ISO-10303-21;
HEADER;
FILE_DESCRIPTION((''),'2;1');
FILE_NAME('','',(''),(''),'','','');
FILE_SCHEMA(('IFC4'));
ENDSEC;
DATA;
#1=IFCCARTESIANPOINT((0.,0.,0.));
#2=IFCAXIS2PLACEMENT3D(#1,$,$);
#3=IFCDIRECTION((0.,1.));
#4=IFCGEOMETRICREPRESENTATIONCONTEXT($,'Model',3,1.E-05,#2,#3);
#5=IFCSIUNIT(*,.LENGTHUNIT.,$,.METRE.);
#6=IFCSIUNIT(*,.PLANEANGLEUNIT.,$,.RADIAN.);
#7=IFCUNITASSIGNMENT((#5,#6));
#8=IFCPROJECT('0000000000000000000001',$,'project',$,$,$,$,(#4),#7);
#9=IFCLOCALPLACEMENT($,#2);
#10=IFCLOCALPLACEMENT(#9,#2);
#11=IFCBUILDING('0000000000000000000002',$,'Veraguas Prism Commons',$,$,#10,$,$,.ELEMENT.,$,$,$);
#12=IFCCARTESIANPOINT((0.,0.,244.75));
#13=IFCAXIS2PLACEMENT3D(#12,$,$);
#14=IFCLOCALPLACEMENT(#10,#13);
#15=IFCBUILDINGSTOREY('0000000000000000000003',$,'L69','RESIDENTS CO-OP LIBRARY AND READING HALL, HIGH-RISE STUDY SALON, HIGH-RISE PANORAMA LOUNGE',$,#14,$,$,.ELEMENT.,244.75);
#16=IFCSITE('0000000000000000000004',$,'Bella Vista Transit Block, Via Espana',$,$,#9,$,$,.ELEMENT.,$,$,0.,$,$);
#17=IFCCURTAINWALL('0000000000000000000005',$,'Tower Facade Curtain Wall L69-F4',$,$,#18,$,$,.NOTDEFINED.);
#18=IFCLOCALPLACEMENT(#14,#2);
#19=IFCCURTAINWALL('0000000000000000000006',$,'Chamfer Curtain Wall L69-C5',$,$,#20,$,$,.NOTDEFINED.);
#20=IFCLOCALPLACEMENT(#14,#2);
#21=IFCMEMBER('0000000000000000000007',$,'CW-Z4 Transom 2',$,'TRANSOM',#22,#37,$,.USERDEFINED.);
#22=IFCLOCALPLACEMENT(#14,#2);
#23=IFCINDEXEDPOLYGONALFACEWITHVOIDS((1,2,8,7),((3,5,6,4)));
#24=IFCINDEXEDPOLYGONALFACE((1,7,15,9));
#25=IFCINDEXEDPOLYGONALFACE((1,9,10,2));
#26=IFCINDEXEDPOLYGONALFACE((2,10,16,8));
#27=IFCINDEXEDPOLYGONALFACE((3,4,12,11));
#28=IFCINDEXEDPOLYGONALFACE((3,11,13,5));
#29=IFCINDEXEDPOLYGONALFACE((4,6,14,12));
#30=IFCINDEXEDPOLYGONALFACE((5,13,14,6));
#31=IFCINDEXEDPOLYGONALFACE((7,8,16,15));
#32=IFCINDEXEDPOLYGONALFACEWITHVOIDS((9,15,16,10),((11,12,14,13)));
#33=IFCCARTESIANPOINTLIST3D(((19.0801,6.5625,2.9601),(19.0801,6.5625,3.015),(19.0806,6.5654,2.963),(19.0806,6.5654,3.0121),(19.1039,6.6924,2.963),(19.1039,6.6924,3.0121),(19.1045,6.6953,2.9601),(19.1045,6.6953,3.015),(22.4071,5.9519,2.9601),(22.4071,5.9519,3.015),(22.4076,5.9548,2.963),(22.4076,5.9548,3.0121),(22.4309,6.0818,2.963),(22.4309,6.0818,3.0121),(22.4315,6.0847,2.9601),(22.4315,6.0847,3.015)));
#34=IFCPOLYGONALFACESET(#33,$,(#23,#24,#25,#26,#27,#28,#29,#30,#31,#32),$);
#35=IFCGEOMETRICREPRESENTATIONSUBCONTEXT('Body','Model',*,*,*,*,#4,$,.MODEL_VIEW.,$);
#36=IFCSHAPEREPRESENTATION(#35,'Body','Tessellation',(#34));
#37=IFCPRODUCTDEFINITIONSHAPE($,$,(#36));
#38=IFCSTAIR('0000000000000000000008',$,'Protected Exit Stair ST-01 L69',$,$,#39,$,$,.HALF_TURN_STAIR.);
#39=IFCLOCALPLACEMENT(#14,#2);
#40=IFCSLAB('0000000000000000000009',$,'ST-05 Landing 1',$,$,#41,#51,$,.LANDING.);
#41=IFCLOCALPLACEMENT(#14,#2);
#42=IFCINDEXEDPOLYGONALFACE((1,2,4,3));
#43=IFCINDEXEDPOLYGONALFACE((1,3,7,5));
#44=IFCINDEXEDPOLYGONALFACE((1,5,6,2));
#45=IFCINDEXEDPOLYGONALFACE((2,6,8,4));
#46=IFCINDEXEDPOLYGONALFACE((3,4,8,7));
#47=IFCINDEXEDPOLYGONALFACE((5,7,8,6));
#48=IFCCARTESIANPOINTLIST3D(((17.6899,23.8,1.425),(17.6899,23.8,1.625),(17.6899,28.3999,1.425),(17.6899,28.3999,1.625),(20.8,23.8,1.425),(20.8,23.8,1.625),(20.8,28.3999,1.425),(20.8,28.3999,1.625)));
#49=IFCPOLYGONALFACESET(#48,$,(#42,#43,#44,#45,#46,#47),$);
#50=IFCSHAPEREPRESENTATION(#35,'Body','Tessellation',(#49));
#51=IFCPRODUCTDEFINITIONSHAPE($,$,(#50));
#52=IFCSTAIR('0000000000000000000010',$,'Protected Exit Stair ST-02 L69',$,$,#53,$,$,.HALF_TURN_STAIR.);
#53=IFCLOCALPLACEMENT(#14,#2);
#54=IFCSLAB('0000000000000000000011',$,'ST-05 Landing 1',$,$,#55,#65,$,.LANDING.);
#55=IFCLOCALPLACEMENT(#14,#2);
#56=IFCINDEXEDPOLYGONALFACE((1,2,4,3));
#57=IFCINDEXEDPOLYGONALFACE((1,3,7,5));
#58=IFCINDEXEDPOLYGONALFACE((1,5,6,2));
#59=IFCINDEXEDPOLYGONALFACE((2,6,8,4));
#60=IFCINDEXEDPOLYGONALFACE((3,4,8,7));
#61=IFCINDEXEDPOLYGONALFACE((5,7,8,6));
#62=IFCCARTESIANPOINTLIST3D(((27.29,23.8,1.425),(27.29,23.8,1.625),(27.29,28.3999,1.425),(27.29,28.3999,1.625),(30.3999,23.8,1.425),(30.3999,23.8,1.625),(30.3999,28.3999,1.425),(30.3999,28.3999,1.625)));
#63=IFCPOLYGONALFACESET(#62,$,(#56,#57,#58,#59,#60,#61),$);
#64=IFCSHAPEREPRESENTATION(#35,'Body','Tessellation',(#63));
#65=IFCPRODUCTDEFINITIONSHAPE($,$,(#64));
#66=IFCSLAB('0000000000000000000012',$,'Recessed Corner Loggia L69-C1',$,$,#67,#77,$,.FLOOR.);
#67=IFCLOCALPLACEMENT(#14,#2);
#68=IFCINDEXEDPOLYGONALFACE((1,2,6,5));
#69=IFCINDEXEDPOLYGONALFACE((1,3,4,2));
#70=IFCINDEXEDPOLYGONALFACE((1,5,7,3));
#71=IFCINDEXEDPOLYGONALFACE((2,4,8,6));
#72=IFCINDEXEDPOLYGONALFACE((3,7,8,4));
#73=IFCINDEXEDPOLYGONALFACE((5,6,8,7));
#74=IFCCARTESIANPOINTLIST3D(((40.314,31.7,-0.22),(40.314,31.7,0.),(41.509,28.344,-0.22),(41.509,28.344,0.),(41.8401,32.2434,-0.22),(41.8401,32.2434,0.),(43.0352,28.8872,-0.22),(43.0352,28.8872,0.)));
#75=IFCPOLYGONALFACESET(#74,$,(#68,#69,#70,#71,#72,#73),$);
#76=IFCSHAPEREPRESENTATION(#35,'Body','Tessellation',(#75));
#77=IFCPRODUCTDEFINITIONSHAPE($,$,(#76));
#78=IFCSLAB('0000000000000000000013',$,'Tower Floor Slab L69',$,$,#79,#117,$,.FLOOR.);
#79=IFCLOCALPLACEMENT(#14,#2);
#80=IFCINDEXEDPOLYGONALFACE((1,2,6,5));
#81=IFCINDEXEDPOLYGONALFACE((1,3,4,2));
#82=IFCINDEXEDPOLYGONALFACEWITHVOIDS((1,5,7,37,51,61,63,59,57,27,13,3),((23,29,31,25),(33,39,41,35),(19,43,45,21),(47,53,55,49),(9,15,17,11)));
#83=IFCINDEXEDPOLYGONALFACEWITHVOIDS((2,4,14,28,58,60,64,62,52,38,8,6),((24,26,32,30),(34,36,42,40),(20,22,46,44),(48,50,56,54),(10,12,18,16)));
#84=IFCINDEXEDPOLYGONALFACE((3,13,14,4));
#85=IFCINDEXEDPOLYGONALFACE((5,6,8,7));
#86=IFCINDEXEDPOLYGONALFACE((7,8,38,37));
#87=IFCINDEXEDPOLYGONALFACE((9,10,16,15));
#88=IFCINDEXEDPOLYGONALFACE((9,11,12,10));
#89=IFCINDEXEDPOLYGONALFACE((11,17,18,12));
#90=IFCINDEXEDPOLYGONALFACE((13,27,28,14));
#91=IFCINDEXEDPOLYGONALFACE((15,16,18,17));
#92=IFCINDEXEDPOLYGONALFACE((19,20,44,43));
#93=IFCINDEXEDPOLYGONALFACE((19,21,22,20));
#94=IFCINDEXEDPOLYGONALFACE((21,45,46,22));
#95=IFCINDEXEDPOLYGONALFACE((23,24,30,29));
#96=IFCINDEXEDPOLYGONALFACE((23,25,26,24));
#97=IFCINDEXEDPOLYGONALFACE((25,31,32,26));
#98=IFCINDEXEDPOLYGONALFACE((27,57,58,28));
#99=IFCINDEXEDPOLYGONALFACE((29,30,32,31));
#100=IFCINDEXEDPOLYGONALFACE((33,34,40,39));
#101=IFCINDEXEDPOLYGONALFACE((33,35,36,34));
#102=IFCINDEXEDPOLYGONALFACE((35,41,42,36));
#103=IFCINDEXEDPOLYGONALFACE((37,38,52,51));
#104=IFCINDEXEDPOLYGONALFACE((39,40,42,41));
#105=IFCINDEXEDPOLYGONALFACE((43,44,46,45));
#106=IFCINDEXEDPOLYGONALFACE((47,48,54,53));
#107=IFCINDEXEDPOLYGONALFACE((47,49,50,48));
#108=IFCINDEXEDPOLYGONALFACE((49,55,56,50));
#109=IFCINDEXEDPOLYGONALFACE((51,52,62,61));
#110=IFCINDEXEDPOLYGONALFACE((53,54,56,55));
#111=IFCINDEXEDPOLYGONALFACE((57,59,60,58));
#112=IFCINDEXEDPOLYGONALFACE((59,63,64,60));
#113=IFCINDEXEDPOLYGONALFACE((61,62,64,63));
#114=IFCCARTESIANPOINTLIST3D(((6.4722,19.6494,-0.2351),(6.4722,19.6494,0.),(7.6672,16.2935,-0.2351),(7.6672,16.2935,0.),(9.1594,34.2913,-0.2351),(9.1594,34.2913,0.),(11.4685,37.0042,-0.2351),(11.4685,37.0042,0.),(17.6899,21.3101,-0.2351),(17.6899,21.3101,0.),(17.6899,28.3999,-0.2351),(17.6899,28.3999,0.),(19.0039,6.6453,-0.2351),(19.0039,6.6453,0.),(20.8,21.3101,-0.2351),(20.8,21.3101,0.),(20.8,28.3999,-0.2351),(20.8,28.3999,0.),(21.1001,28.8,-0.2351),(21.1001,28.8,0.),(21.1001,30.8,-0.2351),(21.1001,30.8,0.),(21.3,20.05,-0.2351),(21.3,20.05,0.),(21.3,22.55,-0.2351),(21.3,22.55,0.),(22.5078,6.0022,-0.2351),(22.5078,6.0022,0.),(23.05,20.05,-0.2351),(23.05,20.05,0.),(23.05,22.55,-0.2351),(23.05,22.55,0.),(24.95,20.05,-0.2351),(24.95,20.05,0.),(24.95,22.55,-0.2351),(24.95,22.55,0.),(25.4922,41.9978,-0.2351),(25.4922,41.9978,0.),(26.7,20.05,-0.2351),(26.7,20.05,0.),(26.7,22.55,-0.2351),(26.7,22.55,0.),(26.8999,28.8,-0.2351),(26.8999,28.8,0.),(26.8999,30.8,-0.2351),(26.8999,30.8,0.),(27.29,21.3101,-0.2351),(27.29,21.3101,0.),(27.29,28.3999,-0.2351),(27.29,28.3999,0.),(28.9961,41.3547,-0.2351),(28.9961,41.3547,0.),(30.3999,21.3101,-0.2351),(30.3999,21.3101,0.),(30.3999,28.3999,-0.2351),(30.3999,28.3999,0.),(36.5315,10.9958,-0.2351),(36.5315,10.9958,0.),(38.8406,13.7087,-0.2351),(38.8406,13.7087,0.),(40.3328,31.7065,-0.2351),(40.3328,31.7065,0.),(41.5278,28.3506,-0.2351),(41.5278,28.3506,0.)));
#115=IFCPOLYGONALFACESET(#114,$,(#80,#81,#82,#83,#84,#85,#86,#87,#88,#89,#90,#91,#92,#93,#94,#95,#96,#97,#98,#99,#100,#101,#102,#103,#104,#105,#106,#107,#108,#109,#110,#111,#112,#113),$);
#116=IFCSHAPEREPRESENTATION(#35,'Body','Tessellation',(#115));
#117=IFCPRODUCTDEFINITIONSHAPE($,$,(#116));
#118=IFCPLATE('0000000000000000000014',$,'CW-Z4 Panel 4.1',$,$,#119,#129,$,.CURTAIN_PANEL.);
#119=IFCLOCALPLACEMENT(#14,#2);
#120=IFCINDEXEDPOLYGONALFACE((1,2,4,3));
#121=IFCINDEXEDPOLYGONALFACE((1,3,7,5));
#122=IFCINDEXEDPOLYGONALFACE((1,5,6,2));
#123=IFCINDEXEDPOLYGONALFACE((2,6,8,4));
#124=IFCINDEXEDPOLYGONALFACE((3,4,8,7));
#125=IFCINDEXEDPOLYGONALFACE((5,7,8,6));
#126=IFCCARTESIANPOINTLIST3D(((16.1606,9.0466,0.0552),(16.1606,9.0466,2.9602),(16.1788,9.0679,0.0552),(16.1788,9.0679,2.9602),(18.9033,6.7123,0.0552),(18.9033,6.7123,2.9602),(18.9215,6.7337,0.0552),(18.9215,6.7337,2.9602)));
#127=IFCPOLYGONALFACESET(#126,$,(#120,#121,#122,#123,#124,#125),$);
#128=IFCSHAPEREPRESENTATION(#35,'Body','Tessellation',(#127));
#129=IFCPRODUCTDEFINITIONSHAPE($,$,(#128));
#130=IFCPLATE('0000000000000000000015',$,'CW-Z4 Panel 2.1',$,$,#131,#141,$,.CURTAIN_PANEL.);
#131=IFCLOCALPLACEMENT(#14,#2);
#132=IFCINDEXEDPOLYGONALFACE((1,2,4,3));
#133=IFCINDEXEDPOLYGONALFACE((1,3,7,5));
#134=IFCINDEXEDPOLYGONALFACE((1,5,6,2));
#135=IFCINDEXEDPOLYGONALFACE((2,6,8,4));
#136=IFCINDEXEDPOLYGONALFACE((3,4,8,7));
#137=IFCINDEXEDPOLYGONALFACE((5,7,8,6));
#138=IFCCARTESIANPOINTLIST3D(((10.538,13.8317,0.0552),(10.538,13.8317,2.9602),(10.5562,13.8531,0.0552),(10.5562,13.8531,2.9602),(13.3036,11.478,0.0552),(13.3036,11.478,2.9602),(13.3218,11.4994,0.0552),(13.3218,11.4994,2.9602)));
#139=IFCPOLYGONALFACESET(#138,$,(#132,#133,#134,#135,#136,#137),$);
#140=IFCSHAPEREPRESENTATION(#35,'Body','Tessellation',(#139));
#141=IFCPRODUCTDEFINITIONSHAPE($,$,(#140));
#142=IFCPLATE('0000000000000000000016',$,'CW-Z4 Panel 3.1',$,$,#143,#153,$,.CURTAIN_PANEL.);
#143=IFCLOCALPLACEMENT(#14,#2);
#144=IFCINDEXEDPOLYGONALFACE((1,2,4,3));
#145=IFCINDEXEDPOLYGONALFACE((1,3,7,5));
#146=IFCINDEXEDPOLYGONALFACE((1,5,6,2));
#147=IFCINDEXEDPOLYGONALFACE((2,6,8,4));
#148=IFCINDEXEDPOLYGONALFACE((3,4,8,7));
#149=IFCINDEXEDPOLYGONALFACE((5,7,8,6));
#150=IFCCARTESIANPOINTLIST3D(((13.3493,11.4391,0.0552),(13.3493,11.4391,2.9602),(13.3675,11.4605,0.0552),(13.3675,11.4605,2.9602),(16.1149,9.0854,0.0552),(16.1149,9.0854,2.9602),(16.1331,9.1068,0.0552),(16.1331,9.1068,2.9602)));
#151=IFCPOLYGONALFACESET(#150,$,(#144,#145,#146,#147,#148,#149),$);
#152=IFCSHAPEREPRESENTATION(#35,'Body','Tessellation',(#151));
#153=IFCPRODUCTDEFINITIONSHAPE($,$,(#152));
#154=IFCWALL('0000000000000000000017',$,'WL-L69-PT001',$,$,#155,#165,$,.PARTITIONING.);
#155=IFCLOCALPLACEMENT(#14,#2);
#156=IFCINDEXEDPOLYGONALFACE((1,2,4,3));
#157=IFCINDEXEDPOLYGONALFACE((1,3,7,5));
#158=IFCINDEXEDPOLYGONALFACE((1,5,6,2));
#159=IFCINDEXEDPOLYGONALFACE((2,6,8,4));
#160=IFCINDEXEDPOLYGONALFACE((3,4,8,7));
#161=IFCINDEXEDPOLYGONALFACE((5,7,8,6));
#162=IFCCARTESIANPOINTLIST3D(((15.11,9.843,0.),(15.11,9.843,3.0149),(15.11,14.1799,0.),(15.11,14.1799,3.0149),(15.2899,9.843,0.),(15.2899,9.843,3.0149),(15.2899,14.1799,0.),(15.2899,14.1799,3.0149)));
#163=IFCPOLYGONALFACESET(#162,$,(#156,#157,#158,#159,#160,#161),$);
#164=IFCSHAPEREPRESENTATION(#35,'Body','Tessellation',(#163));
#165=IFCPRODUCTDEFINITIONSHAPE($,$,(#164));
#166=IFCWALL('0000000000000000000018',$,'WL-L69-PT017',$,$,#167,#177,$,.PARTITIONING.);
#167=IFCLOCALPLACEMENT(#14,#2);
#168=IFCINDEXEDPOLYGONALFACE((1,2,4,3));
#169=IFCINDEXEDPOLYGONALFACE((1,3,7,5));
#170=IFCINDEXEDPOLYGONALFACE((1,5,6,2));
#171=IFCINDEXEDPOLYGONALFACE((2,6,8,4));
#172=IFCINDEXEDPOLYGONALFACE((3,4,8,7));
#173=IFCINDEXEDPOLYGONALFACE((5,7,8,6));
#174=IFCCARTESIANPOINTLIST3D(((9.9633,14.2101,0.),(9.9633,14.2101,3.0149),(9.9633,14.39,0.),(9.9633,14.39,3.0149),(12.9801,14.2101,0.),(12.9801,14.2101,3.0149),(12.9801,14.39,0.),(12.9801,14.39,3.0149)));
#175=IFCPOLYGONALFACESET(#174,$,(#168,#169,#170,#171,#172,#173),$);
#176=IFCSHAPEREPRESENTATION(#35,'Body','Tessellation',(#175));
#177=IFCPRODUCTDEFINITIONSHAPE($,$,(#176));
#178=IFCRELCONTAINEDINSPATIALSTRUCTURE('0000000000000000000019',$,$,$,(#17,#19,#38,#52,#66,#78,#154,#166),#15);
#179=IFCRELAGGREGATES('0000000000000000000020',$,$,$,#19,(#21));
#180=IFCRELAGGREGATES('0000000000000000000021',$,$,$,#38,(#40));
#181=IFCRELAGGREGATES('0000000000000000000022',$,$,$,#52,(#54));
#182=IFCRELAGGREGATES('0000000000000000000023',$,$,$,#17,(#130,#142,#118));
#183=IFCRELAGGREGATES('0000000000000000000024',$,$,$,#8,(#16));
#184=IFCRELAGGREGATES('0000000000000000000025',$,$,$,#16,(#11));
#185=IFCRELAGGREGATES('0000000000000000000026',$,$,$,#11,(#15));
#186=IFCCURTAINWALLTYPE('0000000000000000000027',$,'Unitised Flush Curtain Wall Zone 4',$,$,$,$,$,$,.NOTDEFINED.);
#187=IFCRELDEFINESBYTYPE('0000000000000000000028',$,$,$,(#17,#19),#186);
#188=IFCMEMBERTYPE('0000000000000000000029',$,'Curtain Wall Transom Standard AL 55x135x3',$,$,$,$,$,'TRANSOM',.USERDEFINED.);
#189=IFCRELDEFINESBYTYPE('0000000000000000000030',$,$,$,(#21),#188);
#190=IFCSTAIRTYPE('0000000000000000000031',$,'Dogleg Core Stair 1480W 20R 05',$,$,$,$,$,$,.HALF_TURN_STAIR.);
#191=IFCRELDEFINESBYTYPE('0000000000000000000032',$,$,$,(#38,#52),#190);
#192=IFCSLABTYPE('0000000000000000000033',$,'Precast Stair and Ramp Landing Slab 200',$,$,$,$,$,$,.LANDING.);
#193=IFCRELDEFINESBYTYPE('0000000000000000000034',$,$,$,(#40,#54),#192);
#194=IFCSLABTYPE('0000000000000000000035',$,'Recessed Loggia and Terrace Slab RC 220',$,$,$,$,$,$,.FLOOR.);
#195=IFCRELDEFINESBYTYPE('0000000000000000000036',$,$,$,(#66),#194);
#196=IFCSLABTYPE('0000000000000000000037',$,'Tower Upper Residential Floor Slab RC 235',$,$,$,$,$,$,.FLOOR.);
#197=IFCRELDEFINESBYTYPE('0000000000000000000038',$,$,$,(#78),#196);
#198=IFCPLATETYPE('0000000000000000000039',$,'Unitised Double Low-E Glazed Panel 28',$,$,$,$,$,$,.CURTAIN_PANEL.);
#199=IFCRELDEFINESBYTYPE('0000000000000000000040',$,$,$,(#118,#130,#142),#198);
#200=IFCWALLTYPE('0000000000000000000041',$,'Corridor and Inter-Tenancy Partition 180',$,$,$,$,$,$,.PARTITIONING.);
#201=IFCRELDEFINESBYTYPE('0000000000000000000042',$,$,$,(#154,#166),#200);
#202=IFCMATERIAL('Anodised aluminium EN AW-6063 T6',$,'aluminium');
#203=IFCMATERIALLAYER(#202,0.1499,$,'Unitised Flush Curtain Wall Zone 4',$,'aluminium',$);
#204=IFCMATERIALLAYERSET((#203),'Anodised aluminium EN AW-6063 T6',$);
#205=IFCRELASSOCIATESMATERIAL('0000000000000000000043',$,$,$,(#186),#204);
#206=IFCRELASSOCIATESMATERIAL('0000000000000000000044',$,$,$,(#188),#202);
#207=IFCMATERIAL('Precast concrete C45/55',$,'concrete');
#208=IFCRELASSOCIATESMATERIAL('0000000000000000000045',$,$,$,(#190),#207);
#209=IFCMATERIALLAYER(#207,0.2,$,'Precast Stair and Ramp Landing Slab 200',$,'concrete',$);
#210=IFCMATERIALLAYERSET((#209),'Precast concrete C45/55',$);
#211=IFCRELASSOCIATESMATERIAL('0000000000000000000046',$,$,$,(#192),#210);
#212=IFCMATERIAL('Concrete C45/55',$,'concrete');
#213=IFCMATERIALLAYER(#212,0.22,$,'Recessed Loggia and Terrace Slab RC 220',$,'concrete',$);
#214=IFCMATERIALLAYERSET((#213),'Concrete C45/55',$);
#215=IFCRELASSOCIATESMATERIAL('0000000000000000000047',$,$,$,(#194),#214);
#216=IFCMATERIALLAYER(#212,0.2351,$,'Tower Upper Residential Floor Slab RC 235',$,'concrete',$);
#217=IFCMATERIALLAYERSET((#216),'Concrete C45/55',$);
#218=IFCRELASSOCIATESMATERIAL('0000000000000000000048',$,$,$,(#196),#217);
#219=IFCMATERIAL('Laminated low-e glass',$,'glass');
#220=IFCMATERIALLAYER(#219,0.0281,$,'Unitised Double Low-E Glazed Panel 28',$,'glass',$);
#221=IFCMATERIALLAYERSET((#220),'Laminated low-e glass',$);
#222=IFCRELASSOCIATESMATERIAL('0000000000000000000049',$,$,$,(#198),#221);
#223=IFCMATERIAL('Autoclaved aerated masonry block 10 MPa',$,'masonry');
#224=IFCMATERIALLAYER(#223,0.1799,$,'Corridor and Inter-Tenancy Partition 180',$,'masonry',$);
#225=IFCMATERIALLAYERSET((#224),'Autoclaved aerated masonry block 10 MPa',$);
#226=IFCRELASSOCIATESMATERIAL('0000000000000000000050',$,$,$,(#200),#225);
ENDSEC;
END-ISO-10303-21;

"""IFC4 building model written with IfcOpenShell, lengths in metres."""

from ifc_helpers import new_model, si_unit, direction, frame, frame_2d, origin, origin_2d, place, context, subcontext, project, spatial, polyline, rectangle, hollow_rectangle, outline, extrude, source, transform, mapped, material, layer, layer_set, material_profile, profile_set, type_object, element, aggregate, save


model = new_model("IFC4")

# Units and contexts
model_context = context("Model", 3, precision=1e-05, world=origin(), true_north=direction((0.0, 1.0)))
body_context = subcontext(model_context, "Body", "Model", "MODEL_VIEW")
ifc_project = project(units=[si_unit("LENGTHUNIT", "METRE"), si_unit("PLANEANGLEUNIT", "RADIAN")], contexts=[model_context])

# Site, building, storey
site_placement = place(None, origin())
site = spatial("IfcSite", under=ifc_project, at=site_placement, Name="Bella Vista Transit Block, Via Espana", CompositionType="ELEMENT", RefElevation=0.0)
building_placement = place(site_placement, origin())
building = spatial("IfcBuilding", under=site, at=building_placement, Name="Veraguas Prism Commons", CompositionType="ELEMENT")
storey_placement = place(building_placement, frame((0.0, 0.0, 244.75)))
storey = spatial("IfcBuildingStorey", under=building, at=storey_placement, Name="L69", Description="RESIDENTS CO-OP LIBRARY AND READING HALL, HIGH-RISE STUDY SALON, HIGH-RISE PANORAMA LOUNGE", CompositionType="ELEMENT", Elevation=244.75)

# Curtain walls, member
ifc_material_1 = material(Name="Anodised aluminium EN AW-6063 T6", Category="aluminium")
ifc_layer_1 = layer(ifc_material_1, 0.1499, Name="Unitised Flush Curtain Wall Zone 4", Category="aluminium")
ifc_layer_set_1 = layer_set([ifc_layer_1], Name="Anodised aluminium EN AW-6063 T6")
curtain_wall_type = type_object("IfcCurtainWallType", Name="Unitised Flush Curtain Wall Zone 4", PredefinedType="NOTDEFINED", material=ifc_layer_set_1)
curtain_wall_1_placement = place(storey_placement, origin())
curtain_wall_1 = element("IfcCurtainWall", 1, at=curtain_wall_1_placement, inside=storey, type_object=curtain_wall_type, Name="Tower Facade Curtain Wall L69-F4", PredefinedType="NOTDEFINED")
curtain_wall_2_placement = place(storey_placement, origin())
curtain_wall_2 = element("IfcCurtainWall", 2, at=curtain_wall_2_placement, inside=storey, type_object=curtain_wall_type, Name="Chamfer Curtain Wall L69-C5", PredefinedType="NOTDEFINED")
ifc_material_profile_1 = material_profile(ifc_material_1, hollow_rectangle(XDim=0.0549, YDim=0.135, WallThickness=0.0029, at=origin_2d()), Name="AL55X135X3")
ifc_profile_set_1 = profile_set([ifc_material_profile_1], Name="Anodised aluminium EN AW-6063 T6")
member_type_1 = type_object("IfcMemberType", Name="Curtain Wall Transom Standard AL 55x135x3", ElementType="TRANSOM", PredefinedType="USERDEFINED", material=ifc_profile_set_1)
shared_shape_1 = source(origin(), body_context, "Body", "SweptSolid", [
    extrude(hollow_rectangle(XDim=0.0549, YDim=0.135, WallThickness=0.0029, at=origin_2d()), origin(), (0.0, 0.0, 1.0), 3.3826),
])
member_1_placement = place(storey_placement, frame((19.0923, 6.6289, 2.9875), z_axis=(0.983572, -0.180518, 0.0), x_axis=(0.0, 0.0, 1.0)))
member_1 = element("IfcMember", 3, at=member_1_placement, type_object=member_type_1, Name="CW-Z4 Transom 2", ObjectType="TRANSOM", PredefinedType="USERDEFINED", context=body_context, shape_type="MappedRepresentation", body=[
    mapped(shared_shape_1, transform((0.0, 0.0, 0.0), scale=1.0)),
])
aggregate(curtain_wall_2, [member_1])

# Stairs, slabs
ifc_material_2 = material(Name="Precast concrete C45/55", Category="concrete")
stair_type = type_object("IfcStairType", Name="Dogleg Core Stair 1480W 20R 05", PredefinedType="HALF_TURN_STAIR", material=ifc_material_2)
stair_1_placement = place(storey_placement, origin())
stair_1 = element("IfcStair", 4, at=stair_1_placement, inside=storey, type_object=stair_type, Name="Protected Exit Stair ST-01 L69", PredefinedType="HALF_TURN_STAIR")
ifc_layer_2 = layer(ifc_material_2, 0.2, Name="Precast Stair and Ramp Landing Slab 200", Category="concrete")
ifc_layer_set_2 = layer_set([ifc_layer_2], Name="Precast concrete C45/55")
slab_type_1 = type_object("IfcSlabType", Name="Precast Stair and Ramp Landing Slab 200", PredefinedType="LANDING", material=ifc_layer_set_2)
slab_1_placement = place(storey_placement, frame((0.0, 0.0, 1.425)))
slab_1 = element("IfcSlab", 5, at=slab_1_placement, type_object=slab_type_1, Name="ST-05 Landing 1", PredefinedType="LANDING", context=body_context, shape_type="SweptSolid", body=[
    extrude(outline(polyline([(20.8, 23.8), (20.8, 28.3999), (17.6899, 28.3999), (17.6899, 23.8), (20.8, 23.8)])), origin(), (0.0, 0.0, 1.0), 0.2),
])
aggregate(stair_1, [slab_1])
stair_2_placement = place(storey_placement, origin())
stair_2 = element("IfcStair", 6, at=stair_2_placement, inside=storey, type_object=stair_type, Name="Protected Exit Stair ST-02 L69", PredefinedType="HALF_TURN_STAIR")
slab_2_placement = place(storey_placement, frame((0.0, 0.0, 1.425)))
slab_2 = element("IfcSlab", 7, at=slab_2_placement, type_object=slab_type_1, Name="ST-05 Landing 1", PredefinedType="LANDING", context=body_context, shape_type="SweptSolid", body=[
    extrude(outline(polyline([(30.3999, 23.8), (30.3999, 28.3999), (27.29, 28.3999), (27.29, 23.8), (30.3999, 23.8)])), origin(), (0.0, 0.0, 1.0), 0.2),
])
aggregate(stair_2, [slab_2])

# Slabs
ifc_material_3 = material(Name="Concrete C45/55", Category="concrete")
ifc_layer_3 = layer(ifc_material_3, 0.22, Name="Recessed Loggia and Terrace Slab RC 220", Category="concrete")
ifc_layer_set_3 = layer_set([ifc_layer_3], Name="Concrete C45/55")
slab_type_2 = type_object("IfcSlabType", Name="Recessed Loggia and Terrace Slab RC 220", PredefinedType="FLOOR", material=ifc_layer_set_3)
slab_3_placement = place(storey_placement, frame((0.0, 0.0, -0.22)))
element("IfcSlab", 8, at=slab_3_placement, inside=storey, type_object=slab_type_2, Name="Recessed Corner Loggia L69-C1", PredefinedType="FLOOR", context=body_context, shape_type="SweptSolid", body=[
    extrude(outline(polyline([(41.509, 28.344), (43.0352, 28.8872), (41.8401, 32.2434), (40.314, 31.7), (41.509, 28.344)])), origin(), (0.0, 0.0, 1.0), 0.22),
])
ifc_layer_4 = layer(ifc_material_3, 0.2351, Name="Tower Upper Residential Floor Slab RC 235", Category="concrete")
ifc_layer_set_4 = layer_set([ifc_layer_4], Name="Concrete C45/55")
slab_type_3 = type_object("IfcSlabType", Name="Tower Upper Residential Floor Slab RC 235", PredefinedType="FLOOR", material=ifc_layer_set_4)
slab_4_placement = place(storey_placement, frame((0.0, 0.0, -0.2351)))
element("IfcSlab", 9, at=slab_4_placement, inside=storey, type_object=slab_type_3, Name="Tower Floor Slab L69", PredefinedType="FLOOR", context=body_context, shape_type="SweptSolid", body=[
    extrude(outline(polyline([(41.5278, 28.3506), (40.3328, 31.7065), (28.9961, 41.3547), (25.4922, 41.9978), (11.4685, 37.0042), (9.1594, 34.2913), (6.4722, 19.6494), (7.6672, 16.2935), (19.0039, 6.6453), (22.5078, 6.0022), (36.5315, 10.9958), (38.8406, 13.7087), (41.5278, 28.3506)]), holes=[polyline([(20.8, 21.3101), (20.8, 28.3999), (17.6899, 28.3999), (17.6899, 21.3101), (20.8, 21.3101)]), polyline([(30.3999, 21.3101), (30.3999, 28.3999), (27.29, 28.3999), (27.29, 21.3101), (30.3999, 21.3101)]), polyline([(21.1001, 28.8), (26.8999, 28.8), (26.8999, 30.8), (21.1001, 30.8), (21.1001, 28.8)]), polyline([(21.3, 20.05), (23.05, 20.05), (23.05, 22.55), (21.3, 22.55), (21.3, 20.05)]), polyline([(24.95, 20.05), (26.7, 20.05), (26.7, 22.55), (24.95, 22.55), (24.95, 20.05)])]), origin(), (0.0, 0.0, 1.0), 0.2351),
])

# Plates
ifc_material_4 = material(Name="Laminated low-e glass", Category="glass")
ifc_layer_5 = layer(ifc_material_4, 0.0281, Name="Unitised Double Low-E Glazed Panel 28", Category="glass")
ifc_layer_set_5 = layer_set([ifc_layer_5], Name="Laminated low-e glass")
plate_type = type_object("IfcPlateType", Name="Unitised Double Low-E Glazed Panel 28", PredefinedType="CURTAIN_PANEL", material=ifc_layer_set_5)
shared_shape_2 = source(origin(), body_context, "Body", "SweptSolid", [
    extrude(rectangle(XDim=3.6016, YDim=0.0281, at=origin_2d()), origin(), (0.0, 0.0, 1.0), 2.905),
])
plate_1_placement = place(storey_placement, frame((17.541, 7.8901, 0.0552), z_axis=(0.0, 0.0, 1.0), x_axis=(0.761538, -0.64812, 0.0)))
plate_1 = element("IfcPlate", 10, at=plate_1_placement, type_object=plate_type, Name="CW-Z4 Panel 4.1", PredefinedType="CURTAIN_PANEL", context=body_context, shape_type="MappedRepresentation", body=[
    mapped(shared_shape_2, transform((0.0, 0.0, 0.0), scale=1.0)),
])
shared_shape_3 = source(origin(), body_context, "Body", "SweptSolid", [
    extrude(rectangle(XDim=3.6316, YDim=0.0281, at=origin_2d()), origin(), (0.0, 0.0, 1.0), 2.905),
])
plate_2_placement = place(storey_placement, frame((11.9299, 12.6655, 0.0552), z_axis=(0.0, 0.0, 1.0), x_axis=(0.761538, -0.64812, 0.0)))
plate_2 = element("IfcPlate", 11, at=plate_2_placement, type_object=plate_type, Name="CW-Z4 Panel 2.1", PredefinedType="CURTAIN_PANEL", context=body_context, shape_type="MappedRepresentation", body=[
    mapped(shared_shape_3, transform((0.0, 0.0, 0.0), scale=1.0)),
])
plate_3_placement = place(storey_placement, frame((14.7412, 10.2729, 0.0552), z_axis=(0.0, 0.0, 1.0), x_axis=(0.761538, -0.64812, 0.0)))
plate_3 = element("IfcPlate", 12, at=plate_3_placement, type_object=plate_type, Name="CW-Z4 Panel 3.1", PredefinedType="CURTAIN_PANEL", context=body_context, shape_type="MappedRepresentation", body=[
    mapped(shared_shape_3, transform((0.0, 0.0, 0.0), scale=1.0)),
])
aggregate(curtain_wall_1, [plate_2, plate_3, plate_1])

# Walls
ifc_material_5 = material(Name="Autoclaved aerated masonry block 10 MPa", Category="masonry")
ifc_layer_6 = layer(ifc_material_5, 0.1799, Name="Corridor and Inter-Tenancy Partition 180", Category="masonry")
ifc_layer_set_6 = layer_set([ifc_layer_6], Name="Autoclaved aerated masonry block 10 MPa")
wall_type = type_object("IfcWallType", Name="Corridor and Inter-Tenancy Partition 180", PredefinedType="PARTITIONING", material=ifc_layer_set_6)
wall_1_placement = place(storey_placement, frame((15.2, 14.1799, 0.0), z_axis=(0.0, 0.0, 1.0), x_axis=(0.0, -1.0, 0.0)))
element("IfcWall", 13, at=wall_1_placement, inside=storey, type_object=wall_type, Name="WL-L69-PT001", PredefinedType="PARTITIONING", context=body_context, shape_type="SweptSolid", body=[
    extrude(rectangle(XDim=4.3369, YDim=0.1799, at=frame_2d((2.1685, 0.0))), origin(), (0.0, 0.0, 1.0), 3.0149),
])
wall_2_placement = place(storey_placement, frame((12.98, 14.3, 0.0), z_axis=(0.0, 0.0, 1.0), x_axis=(-1.0, 0.0, 0.0)))
element("IfcWall", 14, at=wall_2_placement, inside=storey, type_object=wall_type, Name="WL-L69-PT017", PredefinedType="PARTITIONING", context=body_context, shape_type="SweptSolid", body=[
    extrude(rectangle(XDim=3.0168, YDim=0.1799, at=frame_2d((1.5083, 0.0))), origin(), (0.0, 0.0, 1.0), 3.0149),
])

save(model, "model.ifc")
